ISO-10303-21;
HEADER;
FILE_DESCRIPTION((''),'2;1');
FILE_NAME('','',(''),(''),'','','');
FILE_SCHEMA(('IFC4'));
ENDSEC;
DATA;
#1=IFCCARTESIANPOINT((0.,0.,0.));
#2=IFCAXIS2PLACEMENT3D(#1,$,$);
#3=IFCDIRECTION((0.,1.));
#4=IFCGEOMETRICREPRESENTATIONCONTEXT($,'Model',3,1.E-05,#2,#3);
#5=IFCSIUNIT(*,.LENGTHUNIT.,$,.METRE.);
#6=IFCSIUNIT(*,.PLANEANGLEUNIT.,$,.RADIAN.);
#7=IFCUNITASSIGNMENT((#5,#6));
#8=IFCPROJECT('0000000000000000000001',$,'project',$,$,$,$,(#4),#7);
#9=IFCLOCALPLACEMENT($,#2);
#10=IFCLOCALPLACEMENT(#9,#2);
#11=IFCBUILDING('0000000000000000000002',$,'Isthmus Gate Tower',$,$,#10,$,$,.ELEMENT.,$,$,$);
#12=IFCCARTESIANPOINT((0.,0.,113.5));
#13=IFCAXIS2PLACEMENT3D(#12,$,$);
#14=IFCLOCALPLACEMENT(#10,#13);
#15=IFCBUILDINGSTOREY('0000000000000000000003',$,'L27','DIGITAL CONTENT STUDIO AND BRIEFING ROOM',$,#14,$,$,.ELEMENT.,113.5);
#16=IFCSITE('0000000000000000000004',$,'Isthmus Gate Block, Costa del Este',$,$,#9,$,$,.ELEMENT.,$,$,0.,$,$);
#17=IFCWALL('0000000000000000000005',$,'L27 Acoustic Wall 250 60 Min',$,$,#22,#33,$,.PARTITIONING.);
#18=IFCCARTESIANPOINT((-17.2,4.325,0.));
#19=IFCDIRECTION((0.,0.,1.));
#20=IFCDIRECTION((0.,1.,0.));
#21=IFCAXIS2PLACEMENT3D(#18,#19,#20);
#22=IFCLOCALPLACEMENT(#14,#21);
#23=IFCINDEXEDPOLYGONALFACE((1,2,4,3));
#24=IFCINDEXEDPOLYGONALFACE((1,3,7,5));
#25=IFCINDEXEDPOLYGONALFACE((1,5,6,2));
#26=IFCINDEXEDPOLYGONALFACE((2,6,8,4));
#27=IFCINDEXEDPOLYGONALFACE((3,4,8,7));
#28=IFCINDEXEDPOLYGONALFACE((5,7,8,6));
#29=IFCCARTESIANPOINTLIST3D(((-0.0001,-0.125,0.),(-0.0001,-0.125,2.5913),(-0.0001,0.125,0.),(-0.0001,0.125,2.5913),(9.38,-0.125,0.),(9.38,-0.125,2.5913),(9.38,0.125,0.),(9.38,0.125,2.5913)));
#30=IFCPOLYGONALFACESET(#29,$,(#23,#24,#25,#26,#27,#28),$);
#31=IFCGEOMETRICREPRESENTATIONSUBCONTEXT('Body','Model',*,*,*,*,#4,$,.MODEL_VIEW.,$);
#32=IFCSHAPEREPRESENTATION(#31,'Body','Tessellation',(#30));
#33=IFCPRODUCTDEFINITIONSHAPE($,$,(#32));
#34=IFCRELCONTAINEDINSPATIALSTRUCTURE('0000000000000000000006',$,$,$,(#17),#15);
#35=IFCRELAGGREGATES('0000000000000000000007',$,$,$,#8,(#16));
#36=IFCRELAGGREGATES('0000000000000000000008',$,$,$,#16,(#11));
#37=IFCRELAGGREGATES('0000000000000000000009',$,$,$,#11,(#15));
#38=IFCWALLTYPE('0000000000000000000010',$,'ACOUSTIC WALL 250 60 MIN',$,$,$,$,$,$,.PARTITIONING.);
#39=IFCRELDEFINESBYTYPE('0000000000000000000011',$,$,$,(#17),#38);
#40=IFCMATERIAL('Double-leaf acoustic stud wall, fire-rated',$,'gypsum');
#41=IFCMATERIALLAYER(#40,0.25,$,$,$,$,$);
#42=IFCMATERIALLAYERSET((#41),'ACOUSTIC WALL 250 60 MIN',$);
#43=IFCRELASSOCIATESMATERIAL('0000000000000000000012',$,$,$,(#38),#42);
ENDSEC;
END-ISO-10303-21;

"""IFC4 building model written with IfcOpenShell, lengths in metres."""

from ifc_helpers import new_model, si_unit, direction, frame, frame_2d, origin, place, context, subcontext, project, spatial, rectangle, extrude, material, layer, layer_set, type_object, element, save


model = new_model("IFC4")

# Units and contexts
model_context = context("Model", 3, precision=1e-05, world=origin(), true_north=direction((0.0, 1.0)))
body_context = subcontext(model_context, "Body", "Model", "MODEL_VIEW")
ifc_project = project(units=[si_unit("LENGTHUNIT", "METRE"), si_unit("PLANEANGLEUNIT", "RADIAN")], contexts=[model_context])

# Site, building, storey
site_placement = place(None, origin())
site = spatial("IfcSite", under=ifc_project, at=site_placement, Name="Isthmus Gate Block, Costa del Este", CompositionType="ELEMENT", RefElevation=0.0)
building_placement = place(site_placement, origin())
building = spatial("IfcBuilding", under=site, at=building_placement, Name="Isthmus Gate Tower", CompositionType="ELEMENT")
storey_placement = place(building_placement, frame((0.0, 0.0, 113.5)))
storey = spatial("IfcBuildingStorey", under=building, at=storey_placement, Name="L27", Description="DIGITAL CONTENT STUDIO AND BRIEFING ROOM", CompositionType="ELEMENT", Elevation=113.5)

# Wall
ifc_material_1 = material(Name="Double-leaf acoustic stud wall, fire-rated", Category="gypsum")
ifc_layer_1 = layer(ifc_material_1, 0.25)
ifc_layer_set_1 = layer_set([ifc_layer_1], Name="ACOUSTIC WALL 250 60 MIN")
wall_type_1 = type_object("IfcWallType", Name="ACOUSTIC WALL 250 60 MIN", PredefinedType="PARTITIONING", material=ifc_layer_set_1)
wall_1_placement = place(storey_placement, frame((-17.2, 4.325, 0.0), z_axis=(0.0, 0.0, 1.0), x_axis=(0.0, 1.0, 0.0)))
element("IfcWall", 1, at=wall_1_placement, inside=storey, type_object=wall_type_1, Name="L27 Acoustic Wall 250 60 Min", PredefinedType="PARTITIONING", context=body_context, shape_type="SweptSolid", body=[
    extrude(rectangle(XDim=9.3801, YDim=0.25, at=frame_2d((4.6899, 0.0))), origin(), (0.0, 0.0, 1.0), 2.5913),
])

save(model, "model.ifc")
